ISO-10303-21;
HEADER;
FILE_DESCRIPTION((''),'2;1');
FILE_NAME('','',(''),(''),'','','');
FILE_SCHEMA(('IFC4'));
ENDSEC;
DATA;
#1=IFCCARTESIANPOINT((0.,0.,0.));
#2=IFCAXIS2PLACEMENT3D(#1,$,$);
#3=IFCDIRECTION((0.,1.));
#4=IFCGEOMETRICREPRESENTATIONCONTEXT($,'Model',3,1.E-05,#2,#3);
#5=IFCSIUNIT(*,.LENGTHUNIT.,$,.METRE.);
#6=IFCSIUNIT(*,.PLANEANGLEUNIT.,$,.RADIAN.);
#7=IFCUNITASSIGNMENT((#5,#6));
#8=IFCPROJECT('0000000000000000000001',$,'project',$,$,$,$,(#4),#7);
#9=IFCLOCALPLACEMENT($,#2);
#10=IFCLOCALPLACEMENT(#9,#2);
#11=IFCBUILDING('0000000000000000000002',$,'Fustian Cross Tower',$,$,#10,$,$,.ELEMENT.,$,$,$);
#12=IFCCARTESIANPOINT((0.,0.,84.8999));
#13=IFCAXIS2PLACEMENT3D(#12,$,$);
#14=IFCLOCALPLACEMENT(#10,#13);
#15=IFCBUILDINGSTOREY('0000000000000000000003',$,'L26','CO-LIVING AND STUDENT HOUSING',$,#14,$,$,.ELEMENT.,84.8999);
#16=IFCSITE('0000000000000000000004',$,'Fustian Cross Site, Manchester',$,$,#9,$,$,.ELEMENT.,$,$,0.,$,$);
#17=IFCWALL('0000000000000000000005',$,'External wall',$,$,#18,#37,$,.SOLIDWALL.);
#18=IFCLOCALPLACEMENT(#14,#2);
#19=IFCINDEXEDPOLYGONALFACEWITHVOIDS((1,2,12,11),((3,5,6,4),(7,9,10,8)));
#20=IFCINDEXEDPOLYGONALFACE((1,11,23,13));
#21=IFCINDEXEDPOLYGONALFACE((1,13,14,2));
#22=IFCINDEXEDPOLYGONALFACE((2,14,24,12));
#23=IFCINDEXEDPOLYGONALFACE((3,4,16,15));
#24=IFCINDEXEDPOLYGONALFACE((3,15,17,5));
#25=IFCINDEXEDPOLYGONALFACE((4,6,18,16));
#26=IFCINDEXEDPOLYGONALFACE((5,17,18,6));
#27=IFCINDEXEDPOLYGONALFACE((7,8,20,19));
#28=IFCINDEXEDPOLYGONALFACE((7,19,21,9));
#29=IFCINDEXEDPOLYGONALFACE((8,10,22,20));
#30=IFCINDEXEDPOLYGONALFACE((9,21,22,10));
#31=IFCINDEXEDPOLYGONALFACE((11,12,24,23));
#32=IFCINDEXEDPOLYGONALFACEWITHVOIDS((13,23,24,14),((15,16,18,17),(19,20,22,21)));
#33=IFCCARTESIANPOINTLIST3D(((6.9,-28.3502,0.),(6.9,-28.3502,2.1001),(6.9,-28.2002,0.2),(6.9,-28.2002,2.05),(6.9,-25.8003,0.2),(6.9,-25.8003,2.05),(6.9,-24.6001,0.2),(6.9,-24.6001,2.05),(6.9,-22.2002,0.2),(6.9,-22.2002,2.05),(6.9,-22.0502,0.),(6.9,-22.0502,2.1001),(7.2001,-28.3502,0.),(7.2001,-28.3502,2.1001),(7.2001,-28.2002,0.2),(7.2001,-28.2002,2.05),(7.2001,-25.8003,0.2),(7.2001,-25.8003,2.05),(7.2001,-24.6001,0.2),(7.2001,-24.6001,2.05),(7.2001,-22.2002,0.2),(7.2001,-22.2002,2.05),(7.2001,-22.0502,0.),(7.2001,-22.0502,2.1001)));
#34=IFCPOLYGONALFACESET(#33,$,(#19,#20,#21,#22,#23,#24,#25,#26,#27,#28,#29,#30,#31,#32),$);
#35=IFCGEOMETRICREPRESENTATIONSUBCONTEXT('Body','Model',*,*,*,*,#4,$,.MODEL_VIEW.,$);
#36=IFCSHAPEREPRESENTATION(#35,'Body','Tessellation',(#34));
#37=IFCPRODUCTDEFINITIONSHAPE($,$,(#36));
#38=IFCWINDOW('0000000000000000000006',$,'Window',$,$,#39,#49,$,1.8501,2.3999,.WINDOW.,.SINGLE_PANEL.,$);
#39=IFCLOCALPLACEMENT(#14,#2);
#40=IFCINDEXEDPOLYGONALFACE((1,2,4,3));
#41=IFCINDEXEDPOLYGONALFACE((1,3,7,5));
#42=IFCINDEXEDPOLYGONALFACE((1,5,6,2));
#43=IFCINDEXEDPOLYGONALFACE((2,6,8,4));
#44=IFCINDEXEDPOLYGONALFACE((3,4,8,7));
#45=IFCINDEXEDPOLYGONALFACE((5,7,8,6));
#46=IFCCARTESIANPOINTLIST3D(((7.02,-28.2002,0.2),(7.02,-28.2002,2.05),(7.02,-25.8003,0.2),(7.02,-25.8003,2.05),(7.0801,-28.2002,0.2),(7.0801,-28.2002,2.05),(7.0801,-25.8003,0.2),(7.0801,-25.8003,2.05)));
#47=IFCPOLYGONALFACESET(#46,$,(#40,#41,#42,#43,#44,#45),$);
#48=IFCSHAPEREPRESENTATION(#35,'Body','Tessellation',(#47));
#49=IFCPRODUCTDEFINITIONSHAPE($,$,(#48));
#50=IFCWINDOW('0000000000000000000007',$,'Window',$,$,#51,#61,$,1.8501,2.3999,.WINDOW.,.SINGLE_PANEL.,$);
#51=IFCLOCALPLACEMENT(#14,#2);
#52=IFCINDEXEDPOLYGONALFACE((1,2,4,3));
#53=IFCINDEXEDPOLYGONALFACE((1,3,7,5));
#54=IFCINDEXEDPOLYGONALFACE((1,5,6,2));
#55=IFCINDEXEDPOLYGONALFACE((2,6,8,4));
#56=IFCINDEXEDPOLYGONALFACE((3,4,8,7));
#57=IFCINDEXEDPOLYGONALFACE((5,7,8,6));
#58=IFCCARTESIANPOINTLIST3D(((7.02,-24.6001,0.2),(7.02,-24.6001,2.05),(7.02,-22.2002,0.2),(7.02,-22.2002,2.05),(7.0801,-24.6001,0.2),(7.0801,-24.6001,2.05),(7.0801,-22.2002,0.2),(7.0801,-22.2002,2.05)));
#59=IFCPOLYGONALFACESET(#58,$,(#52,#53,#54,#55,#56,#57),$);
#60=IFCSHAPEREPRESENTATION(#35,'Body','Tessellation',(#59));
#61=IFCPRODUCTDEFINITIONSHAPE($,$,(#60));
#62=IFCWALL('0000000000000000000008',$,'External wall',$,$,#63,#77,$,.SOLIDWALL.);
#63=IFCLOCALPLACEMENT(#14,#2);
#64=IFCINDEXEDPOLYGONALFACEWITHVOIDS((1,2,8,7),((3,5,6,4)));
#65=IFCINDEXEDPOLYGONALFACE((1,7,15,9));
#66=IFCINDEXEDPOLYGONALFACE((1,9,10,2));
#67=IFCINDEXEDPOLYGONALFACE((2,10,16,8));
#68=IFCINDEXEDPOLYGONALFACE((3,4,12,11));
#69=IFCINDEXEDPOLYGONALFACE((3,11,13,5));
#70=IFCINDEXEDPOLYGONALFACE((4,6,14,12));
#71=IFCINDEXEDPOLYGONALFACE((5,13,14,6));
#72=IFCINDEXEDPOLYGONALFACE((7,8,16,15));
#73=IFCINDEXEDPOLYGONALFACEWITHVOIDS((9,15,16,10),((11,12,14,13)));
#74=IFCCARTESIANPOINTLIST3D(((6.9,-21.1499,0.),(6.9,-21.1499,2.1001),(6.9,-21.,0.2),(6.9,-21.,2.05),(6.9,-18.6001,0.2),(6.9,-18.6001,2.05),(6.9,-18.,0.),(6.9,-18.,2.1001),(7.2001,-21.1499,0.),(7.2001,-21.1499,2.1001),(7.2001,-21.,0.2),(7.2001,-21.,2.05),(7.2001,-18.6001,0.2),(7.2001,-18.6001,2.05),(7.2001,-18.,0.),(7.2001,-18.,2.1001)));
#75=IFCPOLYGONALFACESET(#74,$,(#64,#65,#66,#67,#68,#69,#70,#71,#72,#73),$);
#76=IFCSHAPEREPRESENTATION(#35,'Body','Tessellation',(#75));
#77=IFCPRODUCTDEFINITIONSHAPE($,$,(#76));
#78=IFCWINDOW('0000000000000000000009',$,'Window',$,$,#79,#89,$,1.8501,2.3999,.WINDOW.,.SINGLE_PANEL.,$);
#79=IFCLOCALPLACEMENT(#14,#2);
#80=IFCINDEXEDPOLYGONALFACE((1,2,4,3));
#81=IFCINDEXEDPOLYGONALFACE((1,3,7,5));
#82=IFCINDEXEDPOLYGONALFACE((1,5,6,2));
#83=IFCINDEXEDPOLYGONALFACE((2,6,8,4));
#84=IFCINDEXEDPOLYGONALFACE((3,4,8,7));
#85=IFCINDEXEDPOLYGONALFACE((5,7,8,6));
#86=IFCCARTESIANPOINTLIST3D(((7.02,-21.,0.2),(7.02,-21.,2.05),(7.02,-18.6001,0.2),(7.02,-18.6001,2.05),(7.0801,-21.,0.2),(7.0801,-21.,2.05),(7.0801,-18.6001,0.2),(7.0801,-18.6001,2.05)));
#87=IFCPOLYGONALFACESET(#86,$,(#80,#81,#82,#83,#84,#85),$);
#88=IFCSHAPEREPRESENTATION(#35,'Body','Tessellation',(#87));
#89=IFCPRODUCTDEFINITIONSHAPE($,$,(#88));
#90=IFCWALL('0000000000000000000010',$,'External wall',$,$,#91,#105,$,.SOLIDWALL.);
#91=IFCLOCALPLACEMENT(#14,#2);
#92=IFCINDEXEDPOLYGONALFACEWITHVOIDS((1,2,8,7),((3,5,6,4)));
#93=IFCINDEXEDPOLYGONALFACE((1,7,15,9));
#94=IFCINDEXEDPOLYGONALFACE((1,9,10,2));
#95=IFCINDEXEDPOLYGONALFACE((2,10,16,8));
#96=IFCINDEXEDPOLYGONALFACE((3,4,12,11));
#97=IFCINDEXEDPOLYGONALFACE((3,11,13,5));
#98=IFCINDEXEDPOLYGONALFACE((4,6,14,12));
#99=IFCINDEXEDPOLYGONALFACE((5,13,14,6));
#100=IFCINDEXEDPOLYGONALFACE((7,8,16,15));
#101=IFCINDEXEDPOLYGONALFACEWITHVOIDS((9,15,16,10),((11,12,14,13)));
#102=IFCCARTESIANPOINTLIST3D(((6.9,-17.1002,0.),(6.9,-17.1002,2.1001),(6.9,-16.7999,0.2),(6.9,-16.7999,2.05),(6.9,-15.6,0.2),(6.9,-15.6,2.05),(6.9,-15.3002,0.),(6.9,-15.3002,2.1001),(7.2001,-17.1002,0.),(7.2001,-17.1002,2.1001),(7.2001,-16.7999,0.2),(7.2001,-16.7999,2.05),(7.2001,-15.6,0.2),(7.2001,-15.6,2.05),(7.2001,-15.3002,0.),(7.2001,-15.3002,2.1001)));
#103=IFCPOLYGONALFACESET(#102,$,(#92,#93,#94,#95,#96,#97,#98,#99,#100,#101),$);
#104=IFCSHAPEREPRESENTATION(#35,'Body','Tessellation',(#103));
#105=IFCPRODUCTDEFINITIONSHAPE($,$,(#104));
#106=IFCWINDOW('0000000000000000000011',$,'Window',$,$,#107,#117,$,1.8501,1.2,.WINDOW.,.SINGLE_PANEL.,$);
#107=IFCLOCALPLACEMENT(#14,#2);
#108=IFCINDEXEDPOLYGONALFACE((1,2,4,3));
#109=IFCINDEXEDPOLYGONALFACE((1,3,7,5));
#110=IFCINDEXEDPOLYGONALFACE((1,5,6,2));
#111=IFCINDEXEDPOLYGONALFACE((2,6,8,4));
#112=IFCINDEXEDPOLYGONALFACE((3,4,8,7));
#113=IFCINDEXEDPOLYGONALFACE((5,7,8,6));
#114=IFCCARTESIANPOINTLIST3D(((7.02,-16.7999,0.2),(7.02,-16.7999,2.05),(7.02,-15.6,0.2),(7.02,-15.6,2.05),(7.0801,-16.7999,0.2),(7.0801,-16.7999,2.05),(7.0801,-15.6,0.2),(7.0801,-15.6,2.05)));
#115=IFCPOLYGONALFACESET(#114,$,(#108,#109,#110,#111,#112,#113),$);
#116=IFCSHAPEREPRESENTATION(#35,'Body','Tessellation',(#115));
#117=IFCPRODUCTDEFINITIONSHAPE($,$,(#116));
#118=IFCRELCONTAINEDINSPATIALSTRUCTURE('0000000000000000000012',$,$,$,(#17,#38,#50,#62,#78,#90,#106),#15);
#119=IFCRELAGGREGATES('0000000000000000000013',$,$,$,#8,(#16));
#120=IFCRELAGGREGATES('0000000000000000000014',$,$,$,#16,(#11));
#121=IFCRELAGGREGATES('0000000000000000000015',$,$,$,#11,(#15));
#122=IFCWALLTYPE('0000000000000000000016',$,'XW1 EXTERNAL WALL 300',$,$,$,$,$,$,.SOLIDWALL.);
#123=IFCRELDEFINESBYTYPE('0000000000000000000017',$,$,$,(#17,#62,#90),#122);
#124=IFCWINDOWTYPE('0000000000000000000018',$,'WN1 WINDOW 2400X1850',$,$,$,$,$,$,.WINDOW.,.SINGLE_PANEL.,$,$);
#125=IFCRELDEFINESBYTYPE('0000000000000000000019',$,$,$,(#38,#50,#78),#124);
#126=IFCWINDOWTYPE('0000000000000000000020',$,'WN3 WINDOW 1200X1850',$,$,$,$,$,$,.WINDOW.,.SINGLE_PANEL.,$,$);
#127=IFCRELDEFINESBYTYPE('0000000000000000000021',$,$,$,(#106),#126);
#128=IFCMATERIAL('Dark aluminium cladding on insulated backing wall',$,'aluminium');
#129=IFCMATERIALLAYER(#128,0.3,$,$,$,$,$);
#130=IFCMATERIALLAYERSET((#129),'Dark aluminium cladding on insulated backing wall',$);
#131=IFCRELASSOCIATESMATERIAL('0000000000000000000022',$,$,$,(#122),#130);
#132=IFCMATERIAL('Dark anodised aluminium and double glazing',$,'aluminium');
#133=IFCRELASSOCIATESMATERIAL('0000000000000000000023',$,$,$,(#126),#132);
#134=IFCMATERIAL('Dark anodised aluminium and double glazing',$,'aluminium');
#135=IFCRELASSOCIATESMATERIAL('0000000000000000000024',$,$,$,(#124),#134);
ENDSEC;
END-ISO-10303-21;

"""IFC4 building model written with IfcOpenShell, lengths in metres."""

from ifc_helpers import new_model, si_unit, direction, frame, frame_2d, origin, place, context, subcontext, project, spatial, rectangle, extrude, material, layer, layer_set, type_object, element, fill, save


model = new_model("IFC4")

# Units and contexts
model_context = context("Model", 3, precision=1e-05, world=origin(), true_north=direction((0.0, 1.0)))
body_context = subcontext(model_context, "Body", "Model", "MODEL_VIEW")
ifc_project = project(units=[si_unit("LENGTHUNIT", "METRE"), si_unit("PLANEANGLEUNIT", "RADIAN")], contexts=[model_context])

# Site, building, storey
site_placement = place(None, origin())
site = spatial("IfcSite", under=ifc_project, at=site_placement, Name="Fustian Cross Site, Manchester", CompositionType="ELEMENT", RefElevation=0.0)
building_placement = place(site_placement, origin())
building = spatial("IfcBuilding", under=site, at=building_placement, Name="Fustian Cross Tower", CompositionType="ELEMENT")
storey_placement = place(building_placement, frame((0.0, 0.0, 84.8999)))
storey = spatial("IfcBuildingStorey", under=building, at=storey_placement, Name="L26", Description="CO-LIVING AND STUDENT HOUSING", CompositionType="ELEMENT", Elevation=84.8999)

# Shared definitions
ifc_material_1 = material(Name="Dark aluminium cladding on insulated backing wall", Category="aluminium")
ifc_layer_1 = layer(ifc_material_1, 0.3)
ifc_layer_set_1 = layer_set([ifc_layer_1], Name="Dark aluminium cladding on insulated backing wall")
wall_type_1 = type_object("IfcWallType", Name="XW1 EXTERNAL WALL 300", PredefinedType="SOLIDWALL", material=ifc_layer_set_1)
ifc_material_2 = material(Name="Dark anodised aluminium and double glazing", Category="aluminium")
window_type_1 = type_object("IfcWindowType", Name="WN3 WINDOW 1200X1850", PartitioningType="SINGLE_PANEL", PredefinedType="WINDOW", material=ifc_material_2)
ifc_material_3 = material(Name="Dark anodised aluminium and double glazing", Category="aluminium")
window_type_2 = type_object("IfcWindowType", Name="WN1 WINDOW 2400X1850", PartitioningType="SINGLE_PANEL", PredefinedType="WINDOW", material=ifc_material_3)

# Wall, openings, windows
wall_1_placement = place(storey_placement, frame((7.05, -28.3501, 0.0), z_axis=(0.0, 0.0, 1.0), x_axis=(0.0, 1.0, 0.0)))
wall_1 = element("IfcWall", 1, at=wall_1_placement, inside=storey, type_object=wall_type_1, Name="External wall", PredefinedType="SOLIDWALL", context=body_context, shape_type="SweptSolid", body=[
    extrude(rectangle(XDim=6.3, YDim=0.3, at=frame_2d((3.1499, 0.0))), origin(), (0.0, 0.0, 1.0), 2.1001),
])
opening_1_placement = place(wall_1_placement, frame((0.1499, 0.0, 0.2)))
opening_1 = element("IfcOpeningElement", 2, at=opening_1_placement, cuts=wall_1, PredefinedType="OPENING", context=body_context, shape_type="SweptSolid", body=[
    extrude(rectangle(XDim=2.3999, YDim=1.8501, at=frame_2d((1.2, 0.925))), frame((0.0, 0.1599, 0.0), z_axis=(0.0, -1.0, 0.0), x_axis=(1.0, 0.0, 0.0)), (0.0, 0.0, 1.0), 0.3201),
])
opening_2_placement = place(wall_1_placement, frame((3.75, 0.0, 0.2)))
opening_2 = element("IfcOpeningElement", 3, at=opening_2_placement, cuts=wall_1, PredefinedType="OPENING", context=body_context, shape_type="SweptSolid", body=[
    extrude(rectangle(XDim=2.3999, YDim=1.8501, at=frame_2d((1.2, 0.925))), frame((0.0, 0.1599, 0.0), z_axis=(0.0, -1.0, 0.0), x_axis=(1.0, 0.0, 0.0)), (0.0, 0.0, 1.0), 0.3201),
])
window_1_placement = place(opening_1_placement, origin())
window_1 = element("IfcWindow", 4, at=window_1_placement, inside=storey, type_object=window_type_2, Name="Window", OverallHeight=1.8501, OverallWidth=2.3999, PartitioningType="SINGLE_PANEL", PredefinedType="WINDOW", context=body_context, shape_type="SweptSolid", body=[
    extrude(rectangle(XDim=2.3999, YDim=1.8501, at=frame_2d((1.2, 0.925))), frame((0.0, 0.03, 0.0), z_axis=(0.0, -1.0, 0.0), x_axis=(1.0, 0.0, 0.0)), (0.0, 0.0, 1.0), 0.0601),
])
fill(opening_1, window_1)
window_2_placement = place(opening_2_placement, origin())
window_2 = element("IfcWindow", 5, at=window_2_placement, inside=storey, type_object=window_type_2, Name="Window", OverallHeight=1.8501, OverallWidth=2.3999, PartitioningType="SINGLE_PANEL", PredefinedType="WINDOW", context=body_context, shape_type="SweptSolid", body=[
    extrude(rectangle(XDim=2.3999, YDim=1.8501, at=frame_2d((1.2, 0.925))), frame((0.0, 0.03, 0.0), z_axis=(0.0, -1.0, 0.0), x_axis=(1.0, 0.0, 0.0)), (0.0, 0.0, 1.0), 0.0601),
])
fill(opening_2, window_2)

# Walls, openings, windows
wall_2_placement = place(storey_placement, frame((7.05, -21.1499, 0.0), z_axis=(0.0, 0.0, 1.0), x_axis=(0.0, 1.0, 0.0)))
wall_2 = element("IfcWall", 6, at=wall_2_placement, inside=storey, type_object=wall_type_1, Name="External wall", PredefinedType="SOLIDWALL", context=body_context, shape_type="SweptSolid", body=[
    extrude(rectangle(XDim=3.1499, YDim=0.3, at=frame_2d((1.575, 0.0))), origin(), (0.0, 0.0, 1.0), 2.1001),
])
opening_3_placement = place(wall_2_placement, frame((0.1499, 0.0, 0.2)))
opening_3 = element("IfcOpeningElement", 7, at=opening_3_placement, cuts=wall_2, PredefinedType="OPENING", context=body_context, shape_type="SweptSolid", body=[
    extrude(rectangle(XDim=2.3999, YDim=1.8501, at=frame_2d((1.2, 0.925))), frame((0.0, 0.1599, 0.0), z_axis=(0.0, -1.0, 0.0), x_axis=(1.0, 0.0, 0.0)), (0.0, 0.0, 1.0), 0.3201),
])
window_3_placement = place(opening_3_placement, origin())
window_3 = element("IfcWindow", 8, at=window_3_placement, inside=storey, type_object=window_type_2, Name="Window", OverallHeight=1.8501, OverallWidth=2.3999, PartitioningType="SINGLE_PANEL", PredefinedType="WINDOW", context=body_context, shape_type="SweptSolid", body=[
    extrude(rectangle(XDim=2.3999, YDim=1.8501, at=frame_2d((1.2, 0.925))), frame((0.0, 0.03, 0.0), z_axis=(0.0, -1.0, 0.0), x_axis=(1.0, 0.0, 0.0)), (0.0, 0.0, 1.0), 0.0601),
])
fill(opening_3, window_3)
wall_3_placement = place(storey_placement, frame((7.05, -17.1001, 0.0), z_axis=(0.0, 0.0, 1.0), x_axis=(0.0, 1.0, 0.0)))
wall_3 = element("IfcWall", 9, at=wall_3_placement, inside=storey, type_object=wall_type_1, Name="External wall", PredefinedType="SOLIDWALL", context=body_context, shape_type="SweptSolid", body=[
    extrude(rectangle(XDim=1.8, YDim=0.3, at=frame_2d((0.8999, 0.0))), origin(), (0.0, 0.0, 1.0), 2.1001),
])
opening_4_placement = place(wall_3_placement, frame((0.3, 0.0, 0.2)))
opening_4 = element("IfcOpeningElement", 10, at=opening_4_placement, cuts=wall_3, PredefinedType="OPENING", context=body_context, shape_type="SweptSolid", body=[
    extrude(rectangle(XDim=1.2, YDim=1.8501, at=frame_2d((0.6001, 0.925))), frame((0.0, 0.1599, 0.0), z_axis=(0.0, -1.0, 0.0), x_axis=(1.0, 0.0, 0.0)), (0.0, 0.0, 1.0), 0.3201),
])
window_4_placement = place(opening_4_placement, origin())
window_4 = element("IfcWindow", 11, at=window_4_placement, inside=storey, type_object=window_type_1, Name="Window", OverallHeight=1.8501, OverallWidth=1.2, PartitioningType="SINGLE_PANEL", PredefinedType="WINDOW", context=body_context, shape_type="SweptSolid", body=[
    extrude(rectangle(XDim=1.2, YDim=1.8501, at=frame_2d((0.6001, 0.925))), frame((0.0, 0.03, 0.0), z_axis=(0.0, -1.0, 0.0), x_axis=(1.0, 0.0, 0.0)), (0.0, 0.0, 1.0), 0.0601),
])
fill(opening_4, window_4)

save(model, "model.ifc")
